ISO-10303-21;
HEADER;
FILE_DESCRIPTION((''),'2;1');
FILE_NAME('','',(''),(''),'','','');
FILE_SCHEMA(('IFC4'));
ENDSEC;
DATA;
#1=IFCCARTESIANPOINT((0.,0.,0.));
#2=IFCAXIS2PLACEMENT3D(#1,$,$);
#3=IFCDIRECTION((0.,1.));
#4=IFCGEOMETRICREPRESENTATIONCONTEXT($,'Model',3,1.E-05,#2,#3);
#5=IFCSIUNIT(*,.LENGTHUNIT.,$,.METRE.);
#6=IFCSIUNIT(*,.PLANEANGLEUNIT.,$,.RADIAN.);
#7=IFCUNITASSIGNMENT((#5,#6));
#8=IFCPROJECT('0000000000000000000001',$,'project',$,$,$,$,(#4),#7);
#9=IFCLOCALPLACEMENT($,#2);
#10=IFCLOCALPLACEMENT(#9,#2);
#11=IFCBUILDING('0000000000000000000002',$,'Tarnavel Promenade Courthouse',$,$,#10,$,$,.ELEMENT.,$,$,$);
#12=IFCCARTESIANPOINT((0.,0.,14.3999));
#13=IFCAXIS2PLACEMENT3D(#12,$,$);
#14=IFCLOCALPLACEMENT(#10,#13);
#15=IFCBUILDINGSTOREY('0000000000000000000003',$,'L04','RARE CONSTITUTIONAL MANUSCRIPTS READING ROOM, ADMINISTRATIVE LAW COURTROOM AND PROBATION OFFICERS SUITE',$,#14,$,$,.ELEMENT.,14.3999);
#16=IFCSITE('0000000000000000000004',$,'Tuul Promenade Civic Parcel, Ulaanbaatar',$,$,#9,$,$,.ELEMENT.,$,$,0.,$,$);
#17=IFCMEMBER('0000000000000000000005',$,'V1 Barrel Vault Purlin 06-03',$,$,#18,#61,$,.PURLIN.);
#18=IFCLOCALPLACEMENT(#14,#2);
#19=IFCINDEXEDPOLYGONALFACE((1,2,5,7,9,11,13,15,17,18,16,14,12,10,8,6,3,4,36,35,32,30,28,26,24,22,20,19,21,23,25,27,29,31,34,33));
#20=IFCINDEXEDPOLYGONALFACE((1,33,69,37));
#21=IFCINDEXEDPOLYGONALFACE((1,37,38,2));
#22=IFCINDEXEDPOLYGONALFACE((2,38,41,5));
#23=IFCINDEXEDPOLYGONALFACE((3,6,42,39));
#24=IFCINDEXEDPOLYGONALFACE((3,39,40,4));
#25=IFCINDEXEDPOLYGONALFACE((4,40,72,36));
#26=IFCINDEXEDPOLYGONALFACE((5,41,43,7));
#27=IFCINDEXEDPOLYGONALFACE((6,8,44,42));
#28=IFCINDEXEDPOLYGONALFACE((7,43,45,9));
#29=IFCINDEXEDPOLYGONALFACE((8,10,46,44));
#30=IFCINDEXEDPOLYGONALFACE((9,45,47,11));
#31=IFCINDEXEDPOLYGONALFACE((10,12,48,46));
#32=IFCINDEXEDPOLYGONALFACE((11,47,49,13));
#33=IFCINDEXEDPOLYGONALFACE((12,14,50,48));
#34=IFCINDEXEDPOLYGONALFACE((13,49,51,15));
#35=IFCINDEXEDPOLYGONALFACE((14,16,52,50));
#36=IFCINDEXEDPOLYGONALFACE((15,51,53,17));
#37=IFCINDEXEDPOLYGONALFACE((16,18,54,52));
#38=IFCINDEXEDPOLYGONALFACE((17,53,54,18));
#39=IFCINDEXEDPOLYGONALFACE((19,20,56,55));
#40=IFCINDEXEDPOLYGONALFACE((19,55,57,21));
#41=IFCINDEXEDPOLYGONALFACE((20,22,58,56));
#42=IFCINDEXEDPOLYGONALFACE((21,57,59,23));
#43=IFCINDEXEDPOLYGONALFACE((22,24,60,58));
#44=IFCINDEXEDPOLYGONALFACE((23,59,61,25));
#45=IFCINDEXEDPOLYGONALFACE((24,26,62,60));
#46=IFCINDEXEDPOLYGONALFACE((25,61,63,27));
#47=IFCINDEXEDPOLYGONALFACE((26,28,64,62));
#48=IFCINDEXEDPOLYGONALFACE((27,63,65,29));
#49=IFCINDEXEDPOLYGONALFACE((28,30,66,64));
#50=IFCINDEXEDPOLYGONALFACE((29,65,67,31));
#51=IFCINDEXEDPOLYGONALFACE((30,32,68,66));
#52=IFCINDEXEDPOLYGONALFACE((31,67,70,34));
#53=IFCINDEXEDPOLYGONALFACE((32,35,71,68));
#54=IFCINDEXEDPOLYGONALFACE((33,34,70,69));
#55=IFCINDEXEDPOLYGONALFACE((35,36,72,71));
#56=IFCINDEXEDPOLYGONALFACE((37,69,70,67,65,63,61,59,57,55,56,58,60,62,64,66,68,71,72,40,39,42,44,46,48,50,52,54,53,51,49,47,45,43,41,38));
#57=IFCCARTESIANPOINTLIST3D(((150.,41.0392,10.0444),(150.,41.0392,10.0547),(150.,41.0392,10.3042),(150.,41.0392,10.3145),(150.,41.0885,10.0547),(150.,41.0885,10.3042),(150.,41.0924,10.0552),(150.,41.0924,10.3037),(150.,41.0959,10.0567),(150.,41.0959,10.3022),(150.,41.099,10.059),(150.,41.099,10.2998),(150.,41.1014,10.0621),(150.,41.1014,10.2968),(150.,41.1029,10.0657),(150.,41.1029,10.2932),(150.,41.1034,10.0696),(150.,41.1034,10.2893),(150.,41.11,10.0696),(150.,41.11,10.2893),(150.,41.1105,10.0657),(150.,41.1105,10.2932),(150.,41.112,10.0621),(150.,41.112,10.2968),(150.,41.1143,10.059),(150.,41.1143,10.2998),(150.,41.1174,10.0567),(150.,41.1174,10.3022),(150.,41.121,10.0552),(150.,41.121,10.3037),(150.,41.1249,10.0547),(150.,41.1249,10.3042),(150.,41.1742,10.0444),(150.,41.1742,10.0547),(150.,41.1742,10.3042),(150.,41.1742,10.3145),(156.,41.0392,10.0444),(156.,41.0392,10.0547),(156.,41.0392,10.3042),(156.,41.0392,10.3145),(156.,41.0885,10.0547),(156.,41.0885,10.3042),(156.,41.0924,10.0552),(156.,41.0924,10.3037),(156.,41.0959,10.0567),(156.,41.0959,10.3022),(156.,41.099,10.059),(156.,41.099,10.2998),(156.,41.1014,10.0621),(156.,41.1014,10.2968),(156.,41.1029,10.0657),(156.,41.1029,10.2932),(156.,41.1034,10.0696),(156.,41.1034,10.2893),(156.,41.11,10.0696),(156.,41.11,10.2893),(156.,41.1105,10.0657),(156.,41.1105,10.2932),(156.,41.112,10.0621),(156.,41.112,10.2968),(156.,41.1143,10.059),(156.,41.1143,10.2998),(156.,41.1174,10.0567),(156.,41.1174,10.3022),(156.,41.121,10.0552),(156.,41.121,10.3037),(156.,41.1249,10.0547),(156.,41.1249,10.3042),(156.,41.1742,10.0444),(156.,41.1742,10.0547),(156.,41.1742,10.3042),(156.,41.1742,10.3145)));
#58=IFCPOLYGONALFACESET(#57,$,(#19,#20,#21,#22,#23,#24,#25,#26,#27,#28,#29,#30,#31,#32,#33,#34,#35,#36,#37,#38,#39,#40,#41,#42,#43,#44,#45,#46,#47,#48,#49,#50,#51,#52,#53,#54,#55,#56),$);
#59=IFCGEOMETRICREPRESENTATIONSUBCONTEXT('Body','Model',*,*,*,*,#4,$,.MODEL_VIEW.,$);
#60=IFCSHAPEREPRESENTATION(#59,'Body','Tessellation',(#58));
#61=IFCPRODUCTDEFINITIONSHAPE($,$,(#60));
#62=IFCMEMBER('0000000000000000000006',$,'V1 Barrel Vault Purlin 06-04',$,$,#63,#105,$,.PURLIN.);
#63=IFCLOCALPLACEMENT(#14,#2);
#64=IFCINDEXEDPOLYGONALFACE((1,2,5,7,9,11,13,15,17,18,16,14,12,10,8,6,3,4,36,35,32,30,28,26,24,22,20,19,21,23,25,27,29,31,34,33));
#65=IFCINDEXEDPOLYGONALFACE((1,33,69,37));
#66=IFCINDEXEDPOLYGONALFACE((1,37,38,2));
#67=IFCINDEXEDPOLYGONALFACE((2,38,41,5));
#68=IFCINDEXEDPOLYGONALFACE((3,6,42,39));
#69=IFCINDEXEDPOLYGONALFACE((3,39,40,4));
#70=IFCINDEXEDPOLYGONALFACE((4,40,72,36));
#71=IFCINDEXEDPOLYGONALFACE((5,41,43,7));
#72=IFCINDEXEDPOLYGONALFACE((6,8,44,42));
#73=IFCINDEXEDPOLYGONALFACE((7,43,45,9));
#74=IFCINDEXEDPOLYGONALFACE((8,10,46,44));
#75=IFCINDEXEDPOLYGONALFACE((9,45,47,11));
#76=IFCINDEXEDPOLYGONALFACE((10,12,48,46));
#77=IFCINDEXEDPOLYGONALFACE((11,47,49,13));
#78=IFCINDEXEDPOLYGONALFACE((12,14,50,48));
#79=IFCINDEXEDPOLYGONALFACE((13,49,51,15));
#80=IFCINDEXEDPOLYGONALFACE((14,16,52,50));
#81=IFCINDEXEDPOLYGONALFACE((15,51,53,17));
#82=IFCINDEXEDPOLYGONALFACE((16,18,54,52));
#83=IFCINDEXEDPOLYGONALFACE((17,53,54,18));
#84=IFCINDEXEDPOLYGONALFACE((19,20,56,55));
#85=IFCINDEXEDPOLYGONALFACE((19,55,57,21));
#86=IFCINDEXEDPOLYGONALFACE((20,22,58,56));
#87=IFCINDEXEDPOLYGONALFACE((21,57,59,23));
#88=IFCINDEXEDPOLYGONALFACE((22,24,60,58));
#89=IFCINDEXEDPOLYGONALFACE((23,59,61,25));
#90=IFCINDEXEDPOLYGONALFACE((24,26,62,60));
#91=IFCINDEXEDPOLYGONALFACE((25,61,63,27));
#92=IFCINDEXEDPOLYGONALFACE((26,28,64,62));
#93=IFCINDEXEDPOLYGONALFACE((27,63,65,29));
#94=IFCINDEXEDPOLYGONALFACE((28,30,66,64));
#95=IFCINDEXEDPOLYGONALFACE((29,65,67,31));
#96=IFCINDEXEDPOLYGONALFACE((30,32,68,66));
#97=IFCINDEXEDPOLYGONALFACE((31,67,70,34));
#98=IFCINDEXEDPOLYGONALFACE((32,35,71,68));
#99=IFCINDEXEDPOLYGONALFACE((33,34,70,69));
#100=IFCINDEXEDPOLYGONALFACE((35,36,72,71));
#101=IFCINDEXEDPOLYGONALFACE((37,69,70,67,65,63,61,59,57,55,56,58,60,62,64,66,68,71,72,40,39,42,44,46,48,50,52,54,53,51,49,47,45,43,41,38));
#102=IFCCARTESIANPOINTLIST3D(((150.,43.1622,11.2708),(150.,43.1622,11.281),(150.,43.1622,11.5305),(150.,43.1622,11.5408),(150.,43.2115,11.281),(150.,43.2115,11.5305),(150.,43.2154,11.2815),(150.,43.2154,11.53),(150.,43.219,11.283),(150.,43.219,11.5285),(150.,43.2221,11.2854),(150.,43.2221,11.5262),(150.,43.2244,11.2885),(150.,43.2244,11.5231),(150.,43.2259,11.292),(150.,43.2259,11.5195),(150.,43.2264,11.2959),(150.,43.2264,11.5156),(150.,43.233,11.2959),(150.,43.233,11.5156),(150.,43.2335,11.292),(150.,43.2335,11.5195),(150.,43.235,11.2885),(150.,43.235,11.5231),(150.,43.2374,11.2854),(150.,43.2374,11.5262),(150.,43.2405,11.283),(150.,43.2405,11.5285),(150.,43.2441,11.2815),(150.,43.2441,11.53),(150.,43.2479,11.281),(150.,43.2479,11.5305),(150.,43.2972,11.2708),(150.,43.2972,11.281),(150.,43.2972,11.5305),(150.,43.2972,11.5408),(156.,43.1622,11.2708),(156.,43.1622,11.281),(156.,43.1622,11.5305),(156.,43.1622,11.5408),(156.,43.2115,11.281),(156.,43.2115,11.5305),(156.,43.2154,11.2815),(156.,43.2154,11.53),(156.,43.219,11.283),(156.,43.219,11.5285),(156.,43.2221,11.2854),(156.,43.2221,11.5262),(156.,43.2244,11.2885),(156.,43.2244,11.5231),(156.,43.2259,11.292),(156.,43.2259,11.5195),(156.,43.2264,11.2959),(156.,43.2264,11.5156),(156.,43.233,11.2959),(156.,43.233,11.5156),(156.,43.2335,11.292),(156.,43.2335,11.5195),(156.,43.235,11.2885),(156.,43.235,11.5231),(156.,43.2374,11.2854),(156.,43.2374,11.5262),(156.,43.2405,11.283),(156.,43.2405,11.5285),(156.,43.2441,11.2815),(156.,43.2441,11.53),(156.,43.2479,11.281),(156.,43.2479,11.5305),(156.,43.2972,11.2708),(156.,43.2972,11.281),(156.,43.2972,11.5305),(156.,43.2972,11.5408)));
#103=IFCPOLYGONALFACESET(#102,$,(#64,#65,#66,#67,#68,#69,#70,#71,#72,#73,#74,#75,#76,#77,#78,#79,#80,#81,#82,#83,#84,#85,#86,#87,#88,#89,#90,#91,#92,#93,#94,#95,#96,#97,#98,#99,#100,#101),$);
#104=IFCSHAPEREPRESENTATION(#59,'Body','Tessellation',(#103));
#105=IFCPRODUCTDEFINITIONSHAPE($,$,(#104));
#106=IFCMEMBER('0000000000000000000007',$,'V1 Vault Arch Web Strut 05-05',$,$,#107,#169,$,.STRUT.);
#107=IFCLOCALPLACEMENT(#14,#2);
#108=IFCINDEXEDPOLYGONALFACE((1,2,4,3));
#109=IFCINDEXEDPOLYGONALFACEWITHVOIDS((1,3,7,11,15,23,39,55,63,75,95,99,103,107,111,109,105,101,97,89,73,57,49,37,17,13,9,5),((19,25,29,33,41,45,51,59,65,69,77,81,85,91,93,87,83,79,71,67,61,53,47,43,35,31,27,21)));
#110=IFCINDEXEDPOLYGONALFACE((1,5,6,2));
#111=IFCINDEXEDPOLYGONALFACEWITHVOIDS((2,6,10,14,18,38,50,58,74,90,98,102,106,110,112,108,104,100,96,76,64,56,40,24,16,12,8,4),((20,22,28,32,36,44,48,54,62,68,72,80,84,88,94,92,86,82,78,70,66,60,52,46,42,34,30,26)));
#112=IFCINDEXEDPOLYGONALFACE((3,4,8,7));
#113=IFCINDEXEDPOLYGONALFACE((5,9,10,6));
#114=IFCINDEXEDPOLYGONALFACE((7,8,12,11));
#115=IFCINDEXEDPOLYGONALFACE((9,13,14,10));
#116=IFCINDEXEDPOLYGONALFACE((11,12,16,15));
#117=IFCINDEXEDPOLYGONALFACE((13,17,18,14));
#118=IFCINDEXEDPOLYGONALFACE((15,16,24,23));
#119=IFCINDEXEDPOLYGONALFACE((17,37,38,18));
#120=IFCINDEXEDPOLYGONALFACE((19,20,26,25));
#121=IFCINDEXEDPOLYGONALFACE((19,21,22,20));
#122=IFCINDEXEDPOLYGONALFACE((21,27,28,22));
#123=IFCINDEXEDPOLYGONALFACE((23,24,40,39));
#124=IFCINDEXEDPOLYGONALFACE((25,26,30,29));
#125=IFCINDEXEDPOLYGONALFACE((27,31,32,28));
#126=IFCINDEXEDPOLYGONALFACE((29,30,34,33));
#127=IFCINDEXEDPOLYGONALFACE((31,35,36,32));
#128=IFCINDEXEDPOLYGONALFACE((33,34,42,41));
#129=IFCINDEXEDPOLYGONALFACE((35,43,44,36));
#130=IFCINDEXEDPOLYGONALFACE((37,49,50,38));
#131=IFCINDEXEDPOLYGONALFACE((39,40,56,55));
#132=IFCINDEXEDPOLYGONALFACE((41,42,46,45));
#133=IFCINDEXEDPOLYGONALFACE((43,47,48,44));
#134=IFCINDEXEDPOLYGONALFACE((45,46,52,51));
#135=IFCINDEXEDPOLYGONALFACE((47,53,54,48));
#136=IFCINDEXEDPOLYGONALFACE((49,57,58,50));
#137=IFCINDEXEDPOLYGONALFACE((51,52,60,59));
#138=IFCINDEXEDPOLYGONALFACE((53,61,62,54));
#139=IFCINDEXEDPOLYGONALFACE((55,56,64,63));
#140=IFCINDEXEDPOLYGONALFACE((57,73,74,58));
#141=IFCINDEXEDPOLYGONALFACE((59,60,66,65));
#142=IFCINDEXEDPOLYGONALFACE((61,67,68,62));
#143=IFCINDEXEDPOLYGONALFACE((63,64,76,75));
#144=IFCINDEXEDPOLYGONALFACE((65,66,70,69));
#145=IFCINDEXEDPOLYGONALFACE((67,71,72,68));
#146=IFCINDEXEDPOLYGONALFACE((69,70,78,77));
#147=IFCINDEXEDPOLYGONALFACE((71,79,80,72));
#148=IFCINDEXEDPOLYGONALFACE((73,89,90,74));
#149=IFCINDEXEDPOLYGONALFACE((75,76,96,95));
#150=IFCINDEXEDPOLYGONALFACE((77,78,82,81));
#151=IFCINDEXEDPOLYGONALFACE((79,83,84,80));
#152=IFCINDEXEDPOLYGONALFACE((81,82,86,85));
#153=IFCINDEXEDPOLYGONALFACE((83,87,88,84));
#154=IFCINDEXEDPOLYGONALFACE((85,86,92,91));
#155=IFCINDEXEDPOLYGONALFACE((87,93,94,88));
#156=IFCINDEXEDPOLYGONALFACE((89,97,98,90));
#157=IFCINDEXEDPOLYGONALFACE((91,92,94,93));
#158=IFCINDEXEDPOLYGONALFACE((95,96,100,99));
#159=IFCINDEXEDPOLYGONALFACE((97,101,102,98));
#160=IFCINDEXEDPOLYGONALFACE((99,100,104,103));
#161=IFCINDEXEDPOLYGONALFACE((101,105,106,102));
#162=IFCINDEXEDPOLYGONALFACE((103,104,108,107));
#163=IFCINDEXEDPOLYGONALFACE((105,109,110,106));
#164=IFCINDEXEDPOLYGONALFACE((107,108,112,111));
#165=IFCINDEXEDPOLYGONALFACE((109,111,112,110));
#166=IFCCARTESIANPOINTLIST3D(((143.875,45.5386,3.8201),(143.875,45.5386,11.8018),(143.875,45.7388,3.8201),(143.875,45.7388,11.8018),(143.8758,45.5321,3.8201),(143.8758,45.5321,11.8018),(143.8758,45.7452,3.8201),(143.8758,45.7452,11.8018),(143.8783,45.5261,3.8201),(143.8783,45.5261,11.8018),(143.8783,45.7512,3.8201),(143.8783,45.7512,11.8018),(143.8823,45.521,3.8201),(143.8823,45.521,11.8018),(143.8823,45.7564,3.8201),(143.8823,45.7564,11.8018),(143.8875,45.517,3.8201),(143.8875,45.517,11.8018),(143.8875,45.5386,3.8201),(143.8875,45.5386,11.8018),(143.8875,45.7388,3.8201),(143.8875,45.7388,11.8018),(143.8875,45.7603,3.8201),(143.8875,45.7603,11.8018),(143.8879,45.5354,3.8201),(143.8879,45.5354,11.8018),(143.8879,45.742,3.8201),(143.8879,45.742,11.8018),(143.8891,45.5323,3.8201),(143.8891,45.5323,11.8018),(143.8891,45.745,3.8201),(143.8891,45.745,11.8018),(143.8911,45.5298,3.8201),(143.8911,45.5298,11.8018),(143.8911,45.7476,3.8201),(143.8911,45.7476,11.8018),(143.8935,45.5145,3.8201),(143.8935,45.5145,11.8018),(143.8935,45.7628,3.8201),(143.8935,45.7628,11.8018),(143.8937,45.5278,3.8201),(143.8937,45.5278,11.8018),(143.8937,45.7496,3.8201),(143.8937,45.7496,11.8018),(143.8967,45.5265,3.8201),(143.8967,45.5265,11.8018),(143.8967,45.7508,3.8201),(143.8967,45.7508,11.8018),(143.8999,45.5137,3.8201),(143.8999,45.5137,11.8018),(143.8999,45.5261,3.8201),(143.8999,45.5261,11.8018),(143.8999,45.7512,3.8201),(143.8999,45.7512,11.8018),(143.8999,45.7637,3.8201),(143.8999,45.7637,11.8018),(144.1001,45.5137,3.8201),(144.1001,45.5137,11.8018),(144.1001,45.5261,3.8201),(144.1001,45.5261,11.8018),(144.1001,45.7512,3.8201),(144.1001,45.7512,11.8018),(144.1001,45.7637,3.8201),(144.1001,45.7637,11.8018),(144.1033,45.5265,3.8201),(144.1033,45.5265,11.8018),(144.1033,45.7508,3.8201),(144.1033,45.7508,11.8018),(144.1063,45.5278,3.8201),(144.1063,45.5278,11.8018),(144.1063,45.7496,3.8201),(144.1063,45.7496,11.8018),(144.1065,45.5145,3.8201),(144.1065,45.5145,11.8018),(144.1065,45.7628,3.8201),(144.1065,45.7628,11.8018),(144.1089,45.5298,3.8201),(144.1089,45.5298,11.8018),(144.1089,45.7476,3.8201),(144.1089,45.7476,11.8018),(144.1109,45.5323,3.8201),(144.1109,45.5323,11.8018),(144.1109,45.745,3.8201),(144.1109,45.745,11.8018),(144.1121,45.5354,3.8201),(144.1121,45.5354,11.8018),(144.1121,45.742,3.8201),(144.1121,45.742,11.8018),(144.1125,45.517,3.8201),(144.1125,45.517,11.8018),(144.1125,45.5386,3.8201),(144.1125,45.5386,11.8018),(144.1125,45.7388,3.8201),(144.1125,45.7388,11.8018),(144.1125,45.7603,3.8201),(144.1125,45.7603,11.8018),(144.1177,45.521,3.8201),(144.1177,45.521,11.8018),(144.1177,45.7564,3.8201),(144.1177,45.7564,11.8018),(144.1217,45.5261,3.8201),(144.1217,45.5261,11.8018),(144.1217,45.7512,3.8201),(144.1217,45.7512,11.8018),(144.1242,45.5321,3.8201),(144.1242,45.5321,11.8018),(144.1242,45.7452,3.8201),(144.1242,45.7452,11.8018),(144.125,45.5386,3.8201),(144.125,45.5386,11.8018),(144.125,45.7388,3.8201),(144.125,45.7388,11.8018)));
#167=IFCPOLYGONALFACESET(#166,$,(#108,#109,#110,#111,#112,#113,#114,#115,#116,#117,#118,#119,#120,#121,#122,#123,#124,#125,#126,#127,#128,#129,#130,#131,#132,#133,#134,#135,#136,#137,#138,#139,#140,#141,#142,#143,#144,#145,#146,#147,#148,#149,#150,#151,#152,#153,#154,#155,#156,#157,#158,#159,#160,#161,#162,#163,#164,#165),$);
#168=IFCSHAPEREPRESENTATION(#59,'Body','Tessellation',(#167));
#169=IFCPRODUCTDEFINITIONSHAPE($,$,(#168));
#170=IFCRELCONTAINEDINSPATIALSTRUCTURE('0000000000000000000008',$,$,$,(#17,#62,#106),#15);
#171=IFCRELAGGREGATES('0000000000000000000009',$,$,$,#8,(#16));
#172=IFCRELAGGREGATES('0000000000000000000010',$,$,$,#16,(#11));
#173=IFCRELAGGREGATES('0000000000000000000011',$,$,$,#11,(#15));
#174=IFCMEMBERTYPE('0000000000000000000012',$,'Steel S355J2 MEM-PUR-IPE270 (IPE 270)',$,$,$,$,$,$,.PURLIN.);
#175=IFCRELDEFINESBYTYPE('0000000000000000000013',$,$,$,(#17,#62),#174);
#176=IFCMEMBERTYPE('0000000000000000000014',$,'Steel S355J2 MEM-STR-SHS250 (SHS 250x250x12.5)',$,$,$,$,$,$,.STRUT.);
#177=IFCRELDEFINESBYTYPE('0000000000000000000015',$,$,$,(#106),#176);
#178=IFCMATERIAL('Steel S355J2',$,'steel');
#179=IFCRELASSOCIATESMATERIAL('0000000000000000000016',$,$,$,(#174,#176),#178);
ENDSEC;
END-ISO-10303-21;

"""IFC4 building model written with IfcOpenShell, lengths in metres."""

from ifc_helpers import new_model, si_unit, direction, frame, origin, origin_2d, place, context, subcontext, project, spatial, hollow_rectangle, i_section, extrude, material, material_profile, profile_set, type_object, element, save


model = new_model("IFC4")

# Units and contexts
model_context = context("Model", 3, precision=1e-05, world=origin(), true_north=direction((0.0, 1.0)))
body_context = subcontext(model_context, "Body", "Model", "MODEL_VIEW")
ifc_project = project(units=[si_unit("LENGTHUNIT", "METRE"), si_unit("PLANEANGLEUNIT", "RADIAN")], contexts=[model_context])

# Site, building, storey
site_placement = place(None, origin())
site = spatial("IfcSite", under=ifc_project, at=site_placement, Name="Tuul Promenade Civic Parcel, Ulaanbaatar", CompositionType="ELEMENT", RefElevation=0.0)
building_placement = place(site_placement, origin())
building = spatial("IfcBuilding", under=site, at=building_placement, Name="Tarnavel Promenade Courthouse", CompositionType="ELEMENT")
storey_placement = place(building_placement, frame((0.0, 0.0, 14.3999)))
storey = spatial("IfcBuildingStorey", under=building, at=storey_placement, Name="L04", Description="RARE CONSTITUTIONAL MANUSCRIPTS READING ROOM, ADMINISTRATIVE LAW COURTROOM AND PROBATION OFFICERS SUITE", CompositionType="ELEMENT", Elevation=14.3999)

# Shared definitions
ifc_material_1 = material(Name="Steel S355J2", Category="steel")

# Members
ifc_material_profile_1 = material_profile(ifc_material_1, i_section(OverallWidth=0.135, OverallDepth=0.27, WebThickness=0.0066, FlangeThickness=0.0103, FilletRadius=0.0149, at=origin_2d()), Name="IPE 270")
ifc_profile_set_1 = profile_set([ifc_material_profile_1], Name="Steel S355J2")
member_type_1 = type_object("IfcMemberType", Name="Steel S355J2 MEM-PUR-IPE270 (IPE 270)", PredefinedType="PURLIN", material=ifc_profile_set_1)
for number, where, z_axis, x_axis, name in (
    (1, (150.0, 41.1067, 10.1794), (1.0, 0.0, 0.0), (0.0, 1.0, 0.0), "V1 Barrel Vault Purlin 06-03"),
    (2, (150.0, 43.2297, 11.4058), (1.0, 0.0, 0.0), (0.0, 1.0, 0.0), "V1 Barrel Vault Purlin 06-04"),
):
    element("IfcMember", number, at=place(storey_placement, frame(where, z_axis=z_axis, x_axis=x_axis)), inside=storey, type_object=member_type_1, Name=name, PredefinedType="PURLIN", context=body_context, shape_type="SweptSolid", body=[
        extrude(i_section(OverallWidth=0.135, OverallDepth=0.27, WebThickness=0.0066, FlangeThickness=0.0103, FilletRadius=0.0149, at=origin_2d()), origin(), (0.0, 0.0, 1.0), 6.0),
    ])
ifc_material_profile_2 = material_profile(ifc_material_1, hollow_rectangle(XDim=0.25, YDim=0.25, WallThickness=0.0125, InnerFilletRadius=0.0125, OuterFilletRadius=0.0249, at=origin_2d()), Name="SHS 250x250x12.5")
ifc_profile_set_2 = profile_set([ifc_material_profile_2], Name="Steel S355J2")
member_type_2 = type_object("IfcMemberType", Name="Steel S355J2 MEM-STR-SHS250 (SHS 250x250x12.5)", PredefinedType="STRUT", material=ifc_profile_set_2)
member_1_placement = place(storey_placement, frame((144.0, 45.6387, 3.8201), z_axis=(0.0, 0.0, 1.0), x_axis=(1.0, 0.0, 0.0)))
element("IfcMember", 3, at=member_1_placement, inside=storey, type_object=member_type_2, Name="V1 Vault Arch Web Strut 05-05", PredefinedType="STRUT", context=body_context, shape_type="SweptSolid", body=[
    extrude(hollow_rectangle(XDim=0.25, YDim=0.25, WallThickness=0.0125, InnerFilletRadius=0.0125, OuterFilletRadius=0.0249, at=origin_2d()), origin(), (0.0, 0.0, 1.0), 7.9817),
])

save(model, "model.ifc")
